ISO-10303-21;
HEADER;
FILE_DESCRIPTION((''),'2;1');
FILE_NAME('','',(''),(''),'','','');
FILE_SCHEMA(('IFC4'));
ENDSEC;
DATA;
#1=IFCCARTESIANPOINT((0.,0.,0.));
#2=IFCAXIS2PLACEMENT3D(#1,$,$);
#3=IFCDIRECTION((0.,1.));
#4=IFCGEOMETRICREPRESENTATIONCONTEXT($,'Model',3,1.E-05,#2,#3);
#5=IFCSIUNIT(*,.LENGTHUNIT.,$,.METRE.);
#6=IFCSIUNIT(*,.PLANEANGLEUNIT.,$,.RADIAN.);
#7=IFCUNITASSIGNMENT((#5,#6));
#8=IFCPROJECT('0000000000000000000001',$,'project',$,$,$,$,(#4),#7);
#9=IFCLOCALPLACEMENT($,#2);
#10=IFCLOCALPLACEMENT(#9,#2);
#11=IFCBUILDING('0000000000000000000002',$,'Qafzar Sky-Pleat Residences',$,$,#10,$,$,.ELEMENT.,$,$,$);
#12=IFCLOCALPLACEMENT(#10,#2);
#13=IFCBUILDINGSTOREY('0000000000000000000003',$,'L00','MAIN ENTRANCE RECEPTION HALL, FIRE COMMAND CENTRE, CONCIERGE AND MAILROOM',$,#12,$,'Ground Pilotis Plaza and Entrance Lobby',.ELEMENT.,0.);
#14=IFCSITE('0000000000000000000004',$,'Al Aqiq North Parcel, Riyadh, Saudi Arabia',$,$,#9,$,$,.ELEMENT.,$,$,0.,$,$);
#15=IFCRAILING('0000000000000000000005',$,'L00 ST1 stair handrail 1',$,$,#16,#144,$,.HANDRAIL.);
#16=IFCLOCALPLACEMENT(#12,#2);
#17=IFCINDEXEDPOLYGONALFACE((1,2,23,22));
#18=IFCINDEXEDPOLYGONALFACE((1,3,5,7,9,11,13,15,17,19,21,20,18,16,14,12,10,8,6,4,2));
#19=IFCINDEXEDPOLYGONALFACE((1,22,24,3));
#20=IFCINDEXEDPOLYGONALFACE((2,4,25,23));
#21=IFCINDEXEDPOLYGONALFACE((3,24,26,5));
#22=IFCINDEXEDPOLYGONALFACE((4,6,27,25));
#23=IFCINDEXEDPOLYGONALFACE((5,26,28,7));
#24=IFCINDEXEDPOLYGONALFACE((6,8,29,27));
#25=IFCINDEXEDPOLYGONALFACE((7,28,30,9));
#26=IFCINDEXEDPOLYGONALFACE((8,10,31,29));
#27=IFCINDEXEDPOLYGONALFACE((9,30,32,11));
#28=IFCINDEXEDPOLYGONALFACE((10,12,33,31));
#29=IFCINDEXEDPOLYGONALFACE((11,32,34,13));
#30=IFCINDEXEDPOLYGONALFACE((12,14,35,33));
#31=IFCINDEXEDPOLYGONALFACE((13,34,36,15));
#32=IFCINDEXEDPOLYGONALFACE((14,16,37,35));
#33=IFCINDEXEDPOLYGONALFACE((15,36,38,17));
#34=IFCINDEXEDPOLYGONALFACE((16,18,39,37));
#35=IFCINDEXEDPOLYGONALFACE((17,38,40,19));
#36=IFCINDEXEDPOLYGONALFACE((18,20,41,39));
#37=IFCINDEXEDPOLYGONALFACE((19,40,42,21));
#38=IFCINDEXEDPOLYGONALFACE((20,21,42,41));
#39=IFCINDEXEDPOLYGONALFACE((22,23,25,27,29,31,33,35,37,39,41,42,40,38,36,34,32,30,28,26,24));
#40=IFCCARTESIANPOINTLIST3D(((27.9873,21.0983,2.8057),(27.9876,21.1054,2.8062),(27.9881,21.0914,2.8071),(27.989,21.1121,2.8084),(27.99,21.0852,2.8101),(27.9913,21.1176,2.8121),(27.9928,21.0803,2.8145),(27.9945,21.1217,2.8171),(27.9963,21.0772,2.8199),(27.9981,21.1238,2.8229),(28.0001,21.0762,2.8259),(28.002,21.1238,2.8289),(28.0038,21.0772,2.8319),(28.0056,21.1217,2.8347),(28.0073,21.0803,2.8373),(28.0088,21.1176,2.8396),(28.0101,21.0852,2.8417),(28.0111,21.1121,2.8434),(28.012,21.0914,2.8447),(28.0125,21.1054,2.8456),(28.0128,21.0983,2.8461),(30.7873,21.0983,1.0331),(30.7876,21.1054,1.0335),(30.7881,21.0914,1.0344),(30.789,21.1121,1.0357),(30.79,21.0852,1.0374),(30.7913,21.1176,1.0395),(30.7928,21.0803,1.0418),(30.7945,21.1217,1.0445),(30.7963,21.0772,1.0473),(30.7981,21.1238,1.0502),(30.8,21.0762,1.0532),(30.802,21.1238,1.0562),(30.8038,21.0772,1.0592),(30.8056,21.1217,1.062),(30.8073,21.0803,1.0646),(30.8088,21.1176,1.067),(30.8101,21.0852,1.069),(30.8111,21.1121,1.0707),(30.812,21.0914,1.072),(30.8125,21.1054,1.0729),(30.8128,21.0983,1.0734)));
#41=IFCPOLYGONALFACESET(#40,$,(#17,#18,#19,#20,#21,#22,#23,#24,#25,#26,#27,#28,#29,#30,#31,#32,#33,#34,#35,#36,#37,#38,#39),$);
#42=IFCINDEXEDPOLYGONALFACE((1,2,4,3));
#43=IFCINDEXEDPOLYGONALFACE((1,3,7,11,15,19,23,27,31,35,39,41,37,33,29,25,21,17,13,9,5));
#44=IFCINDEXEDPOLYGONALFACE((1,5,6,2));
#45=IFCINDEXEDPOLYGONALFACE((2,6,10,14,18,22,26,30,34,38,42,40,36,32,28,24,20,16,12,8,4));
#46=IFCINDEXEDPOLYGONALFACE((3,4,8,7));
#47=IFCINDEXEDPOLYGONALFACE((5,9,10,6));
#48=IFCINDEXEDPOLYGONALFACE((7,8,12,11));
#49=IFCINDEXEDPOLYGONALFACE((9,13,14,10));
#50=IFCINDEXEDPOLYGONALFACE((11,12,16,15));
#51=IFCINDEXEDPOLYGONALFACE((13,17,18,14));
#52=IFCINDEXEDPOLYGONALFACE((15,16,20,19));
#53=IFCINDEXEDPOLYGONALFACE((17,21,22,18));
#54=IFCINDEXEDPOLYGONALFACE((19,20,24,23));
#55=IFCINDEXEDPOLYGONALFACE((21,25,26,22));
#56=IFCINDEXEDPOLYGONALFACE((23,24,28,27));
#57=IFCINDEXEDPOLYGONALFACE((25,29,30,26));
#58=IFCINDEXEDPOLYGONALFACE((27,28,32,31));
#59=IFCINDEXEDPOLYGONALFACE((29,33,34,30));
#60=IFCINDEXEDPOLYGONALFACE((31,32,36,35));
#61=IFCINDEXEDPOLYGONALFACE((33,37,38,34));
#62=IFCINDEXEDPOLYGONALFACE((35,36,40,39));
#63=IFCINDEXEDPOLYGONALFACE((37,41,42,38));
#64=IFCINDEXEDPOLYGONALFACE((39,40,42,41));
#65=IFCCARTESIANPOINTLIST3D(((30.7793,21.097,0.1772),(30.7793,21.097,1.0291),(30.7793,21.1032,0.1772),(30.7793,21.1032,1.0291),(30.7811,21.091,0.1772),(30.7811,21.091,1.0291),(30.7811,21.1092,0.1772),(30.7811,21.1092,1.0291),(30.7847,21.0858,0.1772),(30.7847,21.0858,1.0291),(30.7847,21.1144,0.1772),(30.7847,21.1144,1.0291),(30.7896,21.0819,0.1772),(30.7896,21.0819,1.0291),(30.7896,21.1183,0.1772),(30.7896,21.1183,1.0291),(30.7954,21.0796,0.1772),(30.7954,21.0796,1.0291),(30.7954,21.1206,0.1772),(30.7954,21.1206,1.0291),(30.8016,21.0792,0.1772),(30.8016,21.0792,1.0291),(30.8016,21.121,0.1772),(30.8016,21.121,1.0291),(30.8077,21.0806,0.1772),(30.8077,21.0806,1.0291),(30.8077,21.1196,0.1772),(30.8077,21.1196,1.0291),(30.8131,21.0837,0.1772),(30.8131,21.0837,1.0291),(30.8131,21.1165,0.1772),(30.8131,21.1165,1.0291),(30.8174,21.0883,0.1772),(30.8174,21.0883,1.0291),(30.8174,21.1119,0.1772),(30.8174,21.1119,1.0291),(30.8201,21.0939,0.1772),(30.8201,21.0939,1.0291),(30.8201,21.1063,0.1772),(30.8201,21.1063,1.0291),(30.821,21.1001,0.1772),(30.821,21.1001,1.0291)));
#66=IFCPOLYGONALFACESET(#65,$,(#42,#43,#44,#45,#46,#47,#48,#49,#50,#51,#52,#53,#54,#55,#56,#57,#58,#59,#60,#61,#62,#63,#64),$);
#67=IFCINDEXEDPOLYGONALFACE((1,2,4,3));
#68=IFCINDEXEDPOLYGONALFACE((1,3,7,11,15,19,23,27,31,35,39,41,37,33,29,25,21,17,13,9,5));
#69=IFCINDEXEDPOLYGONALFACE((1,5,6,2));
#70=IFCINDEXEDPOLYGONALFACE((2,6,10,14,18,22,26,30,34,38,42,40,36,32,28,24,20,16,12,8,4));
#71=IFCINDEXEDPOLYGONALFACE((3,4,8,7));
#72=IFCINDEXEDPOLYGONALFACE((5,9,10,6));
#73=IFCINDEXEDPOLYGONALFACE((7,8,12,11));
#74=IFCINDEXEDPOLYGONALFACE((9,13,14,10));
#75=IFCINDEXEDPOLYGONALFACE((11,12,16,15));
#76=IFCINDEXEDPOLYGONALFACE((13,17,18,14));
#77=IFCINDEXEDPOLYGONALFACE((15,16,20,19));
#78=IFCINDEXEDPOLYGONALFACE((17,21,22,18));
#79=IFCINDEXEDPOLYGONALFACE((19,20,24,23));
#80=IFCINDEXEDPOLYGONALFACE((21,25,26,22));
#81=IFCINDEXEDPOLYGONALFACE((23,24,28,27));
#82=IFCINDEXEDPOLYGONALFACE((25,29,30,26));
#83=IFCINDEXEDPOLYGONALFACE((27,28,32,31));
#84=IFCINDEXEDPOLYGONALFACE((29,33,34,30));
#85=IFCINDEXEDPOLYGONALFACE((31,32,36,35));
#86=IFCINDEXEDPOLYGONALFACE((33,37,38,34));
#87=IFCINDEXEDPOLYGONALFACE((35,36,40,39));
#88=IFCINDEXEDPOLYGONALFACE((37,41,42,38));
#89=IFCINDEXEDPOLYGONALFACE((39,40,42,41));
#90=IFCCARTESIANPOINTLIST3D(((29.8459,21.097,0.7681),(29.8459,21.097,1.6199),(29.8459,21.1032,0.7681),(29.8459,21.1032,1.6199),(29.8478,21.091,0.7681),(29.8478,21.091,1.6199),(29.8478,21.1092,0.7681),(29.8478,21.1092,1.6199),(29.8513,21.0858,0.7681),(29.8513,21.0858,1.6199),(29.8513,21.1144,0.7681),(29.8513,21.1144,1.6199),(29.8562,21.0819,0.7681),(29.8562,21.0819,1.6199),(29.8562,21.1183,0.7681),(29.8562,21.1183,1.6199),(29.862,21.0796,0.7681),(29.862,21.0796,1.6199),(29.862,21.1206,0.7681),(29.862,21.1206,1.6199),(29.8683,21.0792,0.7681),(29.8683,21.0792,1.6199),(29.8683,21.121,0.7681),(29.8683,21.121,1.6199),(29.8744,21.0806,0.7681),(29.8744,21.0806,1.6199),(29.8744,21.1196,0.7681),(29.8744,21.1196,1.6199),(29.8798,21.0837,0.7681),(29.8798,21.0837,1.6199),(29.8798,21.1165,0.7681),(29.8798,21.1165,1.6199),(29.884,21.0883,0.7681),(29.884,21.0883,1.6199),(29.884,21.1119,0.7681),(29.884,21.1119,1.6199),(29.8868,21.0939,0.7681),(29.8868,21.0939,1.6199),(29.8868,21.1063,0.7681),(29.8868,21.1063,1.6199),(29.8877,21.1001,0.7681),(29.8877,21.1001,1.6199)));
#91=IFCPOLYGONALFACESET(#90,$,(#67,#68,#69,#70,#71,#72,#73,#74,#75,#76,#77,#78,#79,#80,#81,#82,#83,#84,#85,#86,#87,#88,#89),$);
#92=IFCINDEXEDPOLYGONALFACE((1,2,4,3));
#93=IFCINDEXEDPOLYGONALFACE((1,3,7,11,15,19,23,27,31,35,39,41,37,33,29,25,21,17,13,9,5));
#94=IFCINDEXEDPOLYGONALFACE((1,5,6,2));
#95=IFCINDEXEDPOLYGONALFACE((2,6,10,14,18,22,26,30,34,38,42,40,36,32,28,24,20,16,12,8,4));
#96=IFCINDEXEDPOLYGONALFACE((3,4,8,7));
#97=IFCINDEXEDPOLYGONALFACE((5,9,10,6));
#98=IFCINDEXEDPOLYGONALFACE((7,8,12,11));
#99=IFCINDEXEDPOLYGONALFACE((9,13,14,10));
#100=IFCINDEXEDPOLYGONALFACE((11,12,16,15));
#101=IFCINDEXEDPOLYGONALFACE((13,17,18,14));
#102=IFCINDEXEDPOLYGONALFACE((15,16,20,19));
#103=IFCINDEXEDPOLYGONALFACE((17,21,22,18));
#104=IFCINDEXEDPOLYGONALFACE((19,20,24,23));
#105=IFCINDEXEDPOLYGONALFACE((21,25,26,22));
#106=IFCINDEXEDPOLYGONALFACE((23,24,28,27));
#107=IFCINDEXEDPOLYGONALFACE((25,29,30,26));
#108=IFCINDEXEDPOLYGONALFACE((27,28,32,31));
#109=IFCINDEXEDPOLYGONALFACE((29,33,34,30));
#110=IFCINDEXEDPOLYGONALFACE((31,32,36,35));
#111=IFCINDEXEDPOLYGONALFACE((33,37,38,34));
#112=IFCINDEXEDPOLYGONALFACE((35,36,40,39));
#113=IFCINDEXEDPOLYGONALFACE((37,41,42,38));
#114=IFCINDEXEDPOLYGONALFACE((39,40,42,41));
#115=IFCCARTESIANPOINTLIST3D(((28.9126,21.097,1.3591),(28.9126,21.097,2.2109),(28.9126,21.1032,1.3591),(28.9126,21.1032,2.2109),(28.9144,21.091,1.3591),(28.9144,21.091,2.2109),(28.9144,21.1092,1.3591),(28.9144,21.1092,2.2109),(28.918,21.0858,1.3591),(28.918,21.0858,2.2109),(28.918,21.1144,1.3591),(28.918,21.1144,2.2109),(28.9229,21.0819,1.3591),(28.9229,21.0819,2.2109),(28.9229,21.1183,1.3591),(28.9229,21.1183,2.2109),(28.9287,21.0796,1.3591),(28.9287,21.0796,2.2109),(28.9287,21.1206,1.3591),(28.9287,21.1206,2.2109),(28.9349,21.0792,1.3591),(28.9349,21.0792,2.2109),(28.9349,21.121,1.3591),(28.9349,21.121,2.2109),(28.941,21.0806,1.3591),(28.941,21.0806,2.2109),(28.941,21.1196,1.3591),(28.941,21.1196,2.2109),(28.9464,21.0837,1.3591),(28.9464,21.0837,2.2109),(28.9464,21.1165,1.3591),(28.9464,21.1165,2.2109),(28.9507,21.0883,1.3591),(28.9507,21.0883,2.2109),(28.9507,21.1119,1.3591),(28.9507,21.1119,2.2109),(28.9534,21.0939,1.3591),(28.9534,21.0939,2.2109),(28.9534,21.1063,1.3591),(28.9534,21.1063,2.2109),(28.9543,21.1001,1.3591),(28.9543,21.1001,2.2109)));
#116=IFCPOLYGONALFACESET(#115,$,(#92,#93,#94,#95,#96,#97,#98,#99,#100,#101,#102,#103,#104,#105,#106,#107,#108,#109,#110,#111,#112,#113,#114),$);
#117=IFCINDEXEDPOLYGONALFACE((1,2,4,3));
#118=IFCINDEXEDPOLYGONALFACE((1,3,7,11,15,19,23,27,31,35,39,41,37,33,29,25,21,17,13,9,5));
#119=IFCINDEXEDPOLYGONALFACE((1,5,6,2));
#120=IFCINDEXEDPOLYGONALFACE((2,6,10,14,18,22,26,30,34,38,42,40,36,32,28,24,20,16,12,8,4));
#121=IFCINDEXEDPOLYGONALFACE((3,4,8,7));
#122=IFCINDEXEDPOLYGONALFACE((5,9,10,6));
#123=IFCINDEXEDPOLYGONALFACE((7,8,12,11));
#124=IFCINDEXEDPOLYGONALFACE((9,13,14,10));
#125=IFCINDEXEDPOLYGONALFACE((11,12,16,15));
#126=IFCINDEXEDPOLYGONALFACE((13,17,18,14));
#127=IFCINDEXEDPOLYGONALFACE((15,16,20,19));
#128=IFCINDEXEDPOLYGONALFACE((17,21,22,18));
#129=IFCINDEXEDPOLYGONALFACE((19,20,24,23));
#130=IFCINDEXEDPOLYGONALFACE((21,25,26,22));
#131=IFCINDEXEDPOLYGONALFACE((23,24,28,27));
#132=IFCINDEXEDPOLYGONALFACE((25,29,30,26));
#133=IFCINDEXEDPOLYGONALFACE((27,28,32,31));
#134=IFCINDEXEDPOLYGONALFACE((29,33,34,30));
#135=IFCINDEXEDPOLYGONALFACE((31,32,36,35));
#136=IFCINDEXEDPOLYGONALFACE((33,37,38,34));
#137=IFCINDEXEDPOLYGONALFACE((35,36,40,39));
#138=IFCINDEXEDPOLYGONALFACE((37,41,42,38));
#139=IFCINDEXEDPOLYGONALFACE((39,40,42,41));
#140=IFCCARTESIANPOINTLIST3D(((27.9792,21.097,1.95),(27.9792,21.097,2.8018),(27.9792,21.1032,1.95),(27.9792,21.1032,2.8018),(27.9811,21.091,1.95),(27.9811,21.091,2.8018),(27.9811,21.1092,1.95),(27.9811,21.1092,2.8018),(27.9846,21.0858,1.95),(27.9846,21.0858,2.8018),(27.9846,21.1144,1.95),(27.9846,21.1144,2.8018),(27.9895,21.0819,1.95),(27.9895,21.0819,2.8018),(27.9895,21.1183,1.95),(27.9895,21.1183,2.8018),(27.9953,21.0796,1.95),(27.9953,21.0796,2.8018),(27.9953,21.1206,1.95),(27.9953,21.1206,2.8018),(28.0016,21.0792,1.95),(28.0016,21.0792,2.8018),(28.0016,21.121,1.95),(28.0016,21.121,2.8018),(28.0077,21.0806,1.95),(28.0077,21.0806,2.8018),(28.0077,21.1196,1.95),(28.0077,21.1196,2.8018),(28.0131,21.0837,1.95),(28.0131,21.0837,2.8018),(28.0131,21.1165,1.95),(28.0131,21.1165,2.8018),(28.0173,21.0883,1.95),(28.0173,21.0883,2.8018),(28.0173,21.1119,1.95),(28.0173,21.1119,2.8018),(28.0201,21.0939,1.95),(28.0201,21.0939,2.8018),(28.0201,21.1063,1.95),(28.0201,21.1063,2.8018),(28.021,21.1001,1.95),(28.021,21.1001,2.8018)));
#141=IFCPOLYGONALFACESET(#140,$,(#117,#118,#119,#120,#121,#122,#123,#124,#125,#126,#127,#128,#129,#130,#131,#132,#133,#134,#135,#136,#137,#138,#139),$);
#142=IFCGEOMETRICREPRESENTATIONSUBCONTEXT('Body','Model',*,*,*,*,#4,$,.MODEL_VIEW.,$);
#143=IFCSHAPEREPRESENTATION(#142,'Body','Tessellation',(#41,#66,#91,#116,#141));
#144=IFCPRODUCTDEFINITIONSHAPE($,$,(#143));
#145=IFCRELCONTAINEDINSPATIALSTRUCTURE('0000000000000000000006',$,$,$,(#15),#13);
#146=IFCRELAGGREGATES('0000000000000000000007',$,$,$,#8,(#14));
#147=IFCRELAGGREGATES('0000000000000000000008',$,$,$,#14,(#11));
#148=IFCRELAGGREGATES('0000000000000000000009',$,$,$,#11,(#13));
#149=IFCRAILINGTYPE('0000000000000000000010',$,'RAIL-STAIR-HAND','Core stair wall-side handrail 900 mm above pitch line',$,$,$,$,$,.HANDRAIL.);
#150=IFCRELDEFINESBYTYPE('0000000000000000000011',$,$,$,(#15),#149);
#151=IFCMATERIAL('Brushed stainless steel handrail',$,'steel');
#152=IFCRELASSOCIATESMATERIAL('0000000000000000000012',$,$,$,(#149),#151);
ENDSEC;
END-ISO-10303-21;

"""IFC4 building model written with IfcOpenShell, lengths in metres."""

from ifc_helpers import new_model, si_unit, direction, frame, origin, origin_2d, place, context, subcontext, project, spatial, circle, extrude, source, transform, mapped, material, type_object, element, save


model = new_model("IFC4")

# Units and contexts
model_context = context("Model", 3, precision=1e-05, world=origin(), true_north=direction((0.0, 1.0)))
body_context = subcontext(model_context, "Body", "Model", "MODEL_VIEW")
ifc_project = project(units=[si_unit("LENGTHUNIT", "METRE"), si_unit("PLANEANGLEUNIT", "RADIAN")], contexts=[model_context])

# Site, building, storey
site_placement = place(None, origin())
site = spatial("IfcSite", under=ifc_project, at=site_placement, Name="Al Aqiq North Parcel, Riyadh, Saudi Arabia", CompositionType="ELEMENT", RefElevation=0.0)
building_placement = place(site_placement, origin())
building = spatial("IfcBuilding", under=site, at=building_placement, Name="Qafzar Sky-Pleat Residences", CompositionType="ELEMENT")
storey_placement = place(building_placement, origin())
storey = spatial("IfcBuildingStorey", under=building, at=storey_placement, Name="L00", Description="MAIN ENTRANCE RECEPTION HALL, FIRE COMMAND CENTRE, CONCIERGE AND MAILROOM", LongName="Ground Pilotis Plaza and Entrance Lobby", CompositionType="ELEMENT", Elevation=0.0)

# Railing
ifc_material_1 = material(Name="Brushed stainless steel handrail", Category="steel")
railing_type_1 = type_object("IfcRailingType", Name="RAIL-STAIR-HAND", Description="Core stair wall-side handrail 900 mm above pitch line", PredefinedType="HANDRAIL", material=ifc_material_1)
shared_shape_1 = source(origin(), body_context, "Body", "SweptSolid", [
    extrude(circle(Radius=0.0239, at=origin_2d()), frame((0.0, 0.0, 0.876), z_axis=(-0.844909, 0.0, 0.53491), x_axis=(0.0, -1.0, 0.0)), (0.0, 0.0, 1.0), 3.314),
    extrude(circle(Radius=0.021, at=origin_2d()), origin(), (0.0, 0.0, 1.0), 0.8518),
    extrude(circle(Radius=0.021, at=origin_2d()), frame((-0.9333, 0.0, 0.5908)), (0.0, 0.0, 1.0), 0.8518),
    extrude(circle(Radius=0.021, at=origin_2d()), frame((-1.8667, 0.0, 1.1819)), (0.0, 0.0, 1.0), 0.8518),
    extrude(circle(Radius=0.021, at=origin_2d()), frame((-2.8, 0.0, 1.7727)), (0.0, 0.0, 1.0), 0.8518),
])
for number, where, name in (
    (1, (30.8, 21.1001, 0.1772), "L00 ST1 stair handrail 1"),
):
    element("IfcRailing", number, at=place(storey_placement, frame(where)), inside=storey, type_object=railing_type_1, Name=name, PredefinedType="HANDRAIL", context=body_context, shape_type="MappedRepresentation", body=[
        mapped(shared_shape_1, transform((0.0, 0.0, 0.0), x_axis=(1.0, 0.0, 0.0), y_axis=(0.0, 1.0, 0.0), z_axis=(0.0, 0.0, 1.0), scale=1.0)),
    ])

save(model, "model.ifc")
